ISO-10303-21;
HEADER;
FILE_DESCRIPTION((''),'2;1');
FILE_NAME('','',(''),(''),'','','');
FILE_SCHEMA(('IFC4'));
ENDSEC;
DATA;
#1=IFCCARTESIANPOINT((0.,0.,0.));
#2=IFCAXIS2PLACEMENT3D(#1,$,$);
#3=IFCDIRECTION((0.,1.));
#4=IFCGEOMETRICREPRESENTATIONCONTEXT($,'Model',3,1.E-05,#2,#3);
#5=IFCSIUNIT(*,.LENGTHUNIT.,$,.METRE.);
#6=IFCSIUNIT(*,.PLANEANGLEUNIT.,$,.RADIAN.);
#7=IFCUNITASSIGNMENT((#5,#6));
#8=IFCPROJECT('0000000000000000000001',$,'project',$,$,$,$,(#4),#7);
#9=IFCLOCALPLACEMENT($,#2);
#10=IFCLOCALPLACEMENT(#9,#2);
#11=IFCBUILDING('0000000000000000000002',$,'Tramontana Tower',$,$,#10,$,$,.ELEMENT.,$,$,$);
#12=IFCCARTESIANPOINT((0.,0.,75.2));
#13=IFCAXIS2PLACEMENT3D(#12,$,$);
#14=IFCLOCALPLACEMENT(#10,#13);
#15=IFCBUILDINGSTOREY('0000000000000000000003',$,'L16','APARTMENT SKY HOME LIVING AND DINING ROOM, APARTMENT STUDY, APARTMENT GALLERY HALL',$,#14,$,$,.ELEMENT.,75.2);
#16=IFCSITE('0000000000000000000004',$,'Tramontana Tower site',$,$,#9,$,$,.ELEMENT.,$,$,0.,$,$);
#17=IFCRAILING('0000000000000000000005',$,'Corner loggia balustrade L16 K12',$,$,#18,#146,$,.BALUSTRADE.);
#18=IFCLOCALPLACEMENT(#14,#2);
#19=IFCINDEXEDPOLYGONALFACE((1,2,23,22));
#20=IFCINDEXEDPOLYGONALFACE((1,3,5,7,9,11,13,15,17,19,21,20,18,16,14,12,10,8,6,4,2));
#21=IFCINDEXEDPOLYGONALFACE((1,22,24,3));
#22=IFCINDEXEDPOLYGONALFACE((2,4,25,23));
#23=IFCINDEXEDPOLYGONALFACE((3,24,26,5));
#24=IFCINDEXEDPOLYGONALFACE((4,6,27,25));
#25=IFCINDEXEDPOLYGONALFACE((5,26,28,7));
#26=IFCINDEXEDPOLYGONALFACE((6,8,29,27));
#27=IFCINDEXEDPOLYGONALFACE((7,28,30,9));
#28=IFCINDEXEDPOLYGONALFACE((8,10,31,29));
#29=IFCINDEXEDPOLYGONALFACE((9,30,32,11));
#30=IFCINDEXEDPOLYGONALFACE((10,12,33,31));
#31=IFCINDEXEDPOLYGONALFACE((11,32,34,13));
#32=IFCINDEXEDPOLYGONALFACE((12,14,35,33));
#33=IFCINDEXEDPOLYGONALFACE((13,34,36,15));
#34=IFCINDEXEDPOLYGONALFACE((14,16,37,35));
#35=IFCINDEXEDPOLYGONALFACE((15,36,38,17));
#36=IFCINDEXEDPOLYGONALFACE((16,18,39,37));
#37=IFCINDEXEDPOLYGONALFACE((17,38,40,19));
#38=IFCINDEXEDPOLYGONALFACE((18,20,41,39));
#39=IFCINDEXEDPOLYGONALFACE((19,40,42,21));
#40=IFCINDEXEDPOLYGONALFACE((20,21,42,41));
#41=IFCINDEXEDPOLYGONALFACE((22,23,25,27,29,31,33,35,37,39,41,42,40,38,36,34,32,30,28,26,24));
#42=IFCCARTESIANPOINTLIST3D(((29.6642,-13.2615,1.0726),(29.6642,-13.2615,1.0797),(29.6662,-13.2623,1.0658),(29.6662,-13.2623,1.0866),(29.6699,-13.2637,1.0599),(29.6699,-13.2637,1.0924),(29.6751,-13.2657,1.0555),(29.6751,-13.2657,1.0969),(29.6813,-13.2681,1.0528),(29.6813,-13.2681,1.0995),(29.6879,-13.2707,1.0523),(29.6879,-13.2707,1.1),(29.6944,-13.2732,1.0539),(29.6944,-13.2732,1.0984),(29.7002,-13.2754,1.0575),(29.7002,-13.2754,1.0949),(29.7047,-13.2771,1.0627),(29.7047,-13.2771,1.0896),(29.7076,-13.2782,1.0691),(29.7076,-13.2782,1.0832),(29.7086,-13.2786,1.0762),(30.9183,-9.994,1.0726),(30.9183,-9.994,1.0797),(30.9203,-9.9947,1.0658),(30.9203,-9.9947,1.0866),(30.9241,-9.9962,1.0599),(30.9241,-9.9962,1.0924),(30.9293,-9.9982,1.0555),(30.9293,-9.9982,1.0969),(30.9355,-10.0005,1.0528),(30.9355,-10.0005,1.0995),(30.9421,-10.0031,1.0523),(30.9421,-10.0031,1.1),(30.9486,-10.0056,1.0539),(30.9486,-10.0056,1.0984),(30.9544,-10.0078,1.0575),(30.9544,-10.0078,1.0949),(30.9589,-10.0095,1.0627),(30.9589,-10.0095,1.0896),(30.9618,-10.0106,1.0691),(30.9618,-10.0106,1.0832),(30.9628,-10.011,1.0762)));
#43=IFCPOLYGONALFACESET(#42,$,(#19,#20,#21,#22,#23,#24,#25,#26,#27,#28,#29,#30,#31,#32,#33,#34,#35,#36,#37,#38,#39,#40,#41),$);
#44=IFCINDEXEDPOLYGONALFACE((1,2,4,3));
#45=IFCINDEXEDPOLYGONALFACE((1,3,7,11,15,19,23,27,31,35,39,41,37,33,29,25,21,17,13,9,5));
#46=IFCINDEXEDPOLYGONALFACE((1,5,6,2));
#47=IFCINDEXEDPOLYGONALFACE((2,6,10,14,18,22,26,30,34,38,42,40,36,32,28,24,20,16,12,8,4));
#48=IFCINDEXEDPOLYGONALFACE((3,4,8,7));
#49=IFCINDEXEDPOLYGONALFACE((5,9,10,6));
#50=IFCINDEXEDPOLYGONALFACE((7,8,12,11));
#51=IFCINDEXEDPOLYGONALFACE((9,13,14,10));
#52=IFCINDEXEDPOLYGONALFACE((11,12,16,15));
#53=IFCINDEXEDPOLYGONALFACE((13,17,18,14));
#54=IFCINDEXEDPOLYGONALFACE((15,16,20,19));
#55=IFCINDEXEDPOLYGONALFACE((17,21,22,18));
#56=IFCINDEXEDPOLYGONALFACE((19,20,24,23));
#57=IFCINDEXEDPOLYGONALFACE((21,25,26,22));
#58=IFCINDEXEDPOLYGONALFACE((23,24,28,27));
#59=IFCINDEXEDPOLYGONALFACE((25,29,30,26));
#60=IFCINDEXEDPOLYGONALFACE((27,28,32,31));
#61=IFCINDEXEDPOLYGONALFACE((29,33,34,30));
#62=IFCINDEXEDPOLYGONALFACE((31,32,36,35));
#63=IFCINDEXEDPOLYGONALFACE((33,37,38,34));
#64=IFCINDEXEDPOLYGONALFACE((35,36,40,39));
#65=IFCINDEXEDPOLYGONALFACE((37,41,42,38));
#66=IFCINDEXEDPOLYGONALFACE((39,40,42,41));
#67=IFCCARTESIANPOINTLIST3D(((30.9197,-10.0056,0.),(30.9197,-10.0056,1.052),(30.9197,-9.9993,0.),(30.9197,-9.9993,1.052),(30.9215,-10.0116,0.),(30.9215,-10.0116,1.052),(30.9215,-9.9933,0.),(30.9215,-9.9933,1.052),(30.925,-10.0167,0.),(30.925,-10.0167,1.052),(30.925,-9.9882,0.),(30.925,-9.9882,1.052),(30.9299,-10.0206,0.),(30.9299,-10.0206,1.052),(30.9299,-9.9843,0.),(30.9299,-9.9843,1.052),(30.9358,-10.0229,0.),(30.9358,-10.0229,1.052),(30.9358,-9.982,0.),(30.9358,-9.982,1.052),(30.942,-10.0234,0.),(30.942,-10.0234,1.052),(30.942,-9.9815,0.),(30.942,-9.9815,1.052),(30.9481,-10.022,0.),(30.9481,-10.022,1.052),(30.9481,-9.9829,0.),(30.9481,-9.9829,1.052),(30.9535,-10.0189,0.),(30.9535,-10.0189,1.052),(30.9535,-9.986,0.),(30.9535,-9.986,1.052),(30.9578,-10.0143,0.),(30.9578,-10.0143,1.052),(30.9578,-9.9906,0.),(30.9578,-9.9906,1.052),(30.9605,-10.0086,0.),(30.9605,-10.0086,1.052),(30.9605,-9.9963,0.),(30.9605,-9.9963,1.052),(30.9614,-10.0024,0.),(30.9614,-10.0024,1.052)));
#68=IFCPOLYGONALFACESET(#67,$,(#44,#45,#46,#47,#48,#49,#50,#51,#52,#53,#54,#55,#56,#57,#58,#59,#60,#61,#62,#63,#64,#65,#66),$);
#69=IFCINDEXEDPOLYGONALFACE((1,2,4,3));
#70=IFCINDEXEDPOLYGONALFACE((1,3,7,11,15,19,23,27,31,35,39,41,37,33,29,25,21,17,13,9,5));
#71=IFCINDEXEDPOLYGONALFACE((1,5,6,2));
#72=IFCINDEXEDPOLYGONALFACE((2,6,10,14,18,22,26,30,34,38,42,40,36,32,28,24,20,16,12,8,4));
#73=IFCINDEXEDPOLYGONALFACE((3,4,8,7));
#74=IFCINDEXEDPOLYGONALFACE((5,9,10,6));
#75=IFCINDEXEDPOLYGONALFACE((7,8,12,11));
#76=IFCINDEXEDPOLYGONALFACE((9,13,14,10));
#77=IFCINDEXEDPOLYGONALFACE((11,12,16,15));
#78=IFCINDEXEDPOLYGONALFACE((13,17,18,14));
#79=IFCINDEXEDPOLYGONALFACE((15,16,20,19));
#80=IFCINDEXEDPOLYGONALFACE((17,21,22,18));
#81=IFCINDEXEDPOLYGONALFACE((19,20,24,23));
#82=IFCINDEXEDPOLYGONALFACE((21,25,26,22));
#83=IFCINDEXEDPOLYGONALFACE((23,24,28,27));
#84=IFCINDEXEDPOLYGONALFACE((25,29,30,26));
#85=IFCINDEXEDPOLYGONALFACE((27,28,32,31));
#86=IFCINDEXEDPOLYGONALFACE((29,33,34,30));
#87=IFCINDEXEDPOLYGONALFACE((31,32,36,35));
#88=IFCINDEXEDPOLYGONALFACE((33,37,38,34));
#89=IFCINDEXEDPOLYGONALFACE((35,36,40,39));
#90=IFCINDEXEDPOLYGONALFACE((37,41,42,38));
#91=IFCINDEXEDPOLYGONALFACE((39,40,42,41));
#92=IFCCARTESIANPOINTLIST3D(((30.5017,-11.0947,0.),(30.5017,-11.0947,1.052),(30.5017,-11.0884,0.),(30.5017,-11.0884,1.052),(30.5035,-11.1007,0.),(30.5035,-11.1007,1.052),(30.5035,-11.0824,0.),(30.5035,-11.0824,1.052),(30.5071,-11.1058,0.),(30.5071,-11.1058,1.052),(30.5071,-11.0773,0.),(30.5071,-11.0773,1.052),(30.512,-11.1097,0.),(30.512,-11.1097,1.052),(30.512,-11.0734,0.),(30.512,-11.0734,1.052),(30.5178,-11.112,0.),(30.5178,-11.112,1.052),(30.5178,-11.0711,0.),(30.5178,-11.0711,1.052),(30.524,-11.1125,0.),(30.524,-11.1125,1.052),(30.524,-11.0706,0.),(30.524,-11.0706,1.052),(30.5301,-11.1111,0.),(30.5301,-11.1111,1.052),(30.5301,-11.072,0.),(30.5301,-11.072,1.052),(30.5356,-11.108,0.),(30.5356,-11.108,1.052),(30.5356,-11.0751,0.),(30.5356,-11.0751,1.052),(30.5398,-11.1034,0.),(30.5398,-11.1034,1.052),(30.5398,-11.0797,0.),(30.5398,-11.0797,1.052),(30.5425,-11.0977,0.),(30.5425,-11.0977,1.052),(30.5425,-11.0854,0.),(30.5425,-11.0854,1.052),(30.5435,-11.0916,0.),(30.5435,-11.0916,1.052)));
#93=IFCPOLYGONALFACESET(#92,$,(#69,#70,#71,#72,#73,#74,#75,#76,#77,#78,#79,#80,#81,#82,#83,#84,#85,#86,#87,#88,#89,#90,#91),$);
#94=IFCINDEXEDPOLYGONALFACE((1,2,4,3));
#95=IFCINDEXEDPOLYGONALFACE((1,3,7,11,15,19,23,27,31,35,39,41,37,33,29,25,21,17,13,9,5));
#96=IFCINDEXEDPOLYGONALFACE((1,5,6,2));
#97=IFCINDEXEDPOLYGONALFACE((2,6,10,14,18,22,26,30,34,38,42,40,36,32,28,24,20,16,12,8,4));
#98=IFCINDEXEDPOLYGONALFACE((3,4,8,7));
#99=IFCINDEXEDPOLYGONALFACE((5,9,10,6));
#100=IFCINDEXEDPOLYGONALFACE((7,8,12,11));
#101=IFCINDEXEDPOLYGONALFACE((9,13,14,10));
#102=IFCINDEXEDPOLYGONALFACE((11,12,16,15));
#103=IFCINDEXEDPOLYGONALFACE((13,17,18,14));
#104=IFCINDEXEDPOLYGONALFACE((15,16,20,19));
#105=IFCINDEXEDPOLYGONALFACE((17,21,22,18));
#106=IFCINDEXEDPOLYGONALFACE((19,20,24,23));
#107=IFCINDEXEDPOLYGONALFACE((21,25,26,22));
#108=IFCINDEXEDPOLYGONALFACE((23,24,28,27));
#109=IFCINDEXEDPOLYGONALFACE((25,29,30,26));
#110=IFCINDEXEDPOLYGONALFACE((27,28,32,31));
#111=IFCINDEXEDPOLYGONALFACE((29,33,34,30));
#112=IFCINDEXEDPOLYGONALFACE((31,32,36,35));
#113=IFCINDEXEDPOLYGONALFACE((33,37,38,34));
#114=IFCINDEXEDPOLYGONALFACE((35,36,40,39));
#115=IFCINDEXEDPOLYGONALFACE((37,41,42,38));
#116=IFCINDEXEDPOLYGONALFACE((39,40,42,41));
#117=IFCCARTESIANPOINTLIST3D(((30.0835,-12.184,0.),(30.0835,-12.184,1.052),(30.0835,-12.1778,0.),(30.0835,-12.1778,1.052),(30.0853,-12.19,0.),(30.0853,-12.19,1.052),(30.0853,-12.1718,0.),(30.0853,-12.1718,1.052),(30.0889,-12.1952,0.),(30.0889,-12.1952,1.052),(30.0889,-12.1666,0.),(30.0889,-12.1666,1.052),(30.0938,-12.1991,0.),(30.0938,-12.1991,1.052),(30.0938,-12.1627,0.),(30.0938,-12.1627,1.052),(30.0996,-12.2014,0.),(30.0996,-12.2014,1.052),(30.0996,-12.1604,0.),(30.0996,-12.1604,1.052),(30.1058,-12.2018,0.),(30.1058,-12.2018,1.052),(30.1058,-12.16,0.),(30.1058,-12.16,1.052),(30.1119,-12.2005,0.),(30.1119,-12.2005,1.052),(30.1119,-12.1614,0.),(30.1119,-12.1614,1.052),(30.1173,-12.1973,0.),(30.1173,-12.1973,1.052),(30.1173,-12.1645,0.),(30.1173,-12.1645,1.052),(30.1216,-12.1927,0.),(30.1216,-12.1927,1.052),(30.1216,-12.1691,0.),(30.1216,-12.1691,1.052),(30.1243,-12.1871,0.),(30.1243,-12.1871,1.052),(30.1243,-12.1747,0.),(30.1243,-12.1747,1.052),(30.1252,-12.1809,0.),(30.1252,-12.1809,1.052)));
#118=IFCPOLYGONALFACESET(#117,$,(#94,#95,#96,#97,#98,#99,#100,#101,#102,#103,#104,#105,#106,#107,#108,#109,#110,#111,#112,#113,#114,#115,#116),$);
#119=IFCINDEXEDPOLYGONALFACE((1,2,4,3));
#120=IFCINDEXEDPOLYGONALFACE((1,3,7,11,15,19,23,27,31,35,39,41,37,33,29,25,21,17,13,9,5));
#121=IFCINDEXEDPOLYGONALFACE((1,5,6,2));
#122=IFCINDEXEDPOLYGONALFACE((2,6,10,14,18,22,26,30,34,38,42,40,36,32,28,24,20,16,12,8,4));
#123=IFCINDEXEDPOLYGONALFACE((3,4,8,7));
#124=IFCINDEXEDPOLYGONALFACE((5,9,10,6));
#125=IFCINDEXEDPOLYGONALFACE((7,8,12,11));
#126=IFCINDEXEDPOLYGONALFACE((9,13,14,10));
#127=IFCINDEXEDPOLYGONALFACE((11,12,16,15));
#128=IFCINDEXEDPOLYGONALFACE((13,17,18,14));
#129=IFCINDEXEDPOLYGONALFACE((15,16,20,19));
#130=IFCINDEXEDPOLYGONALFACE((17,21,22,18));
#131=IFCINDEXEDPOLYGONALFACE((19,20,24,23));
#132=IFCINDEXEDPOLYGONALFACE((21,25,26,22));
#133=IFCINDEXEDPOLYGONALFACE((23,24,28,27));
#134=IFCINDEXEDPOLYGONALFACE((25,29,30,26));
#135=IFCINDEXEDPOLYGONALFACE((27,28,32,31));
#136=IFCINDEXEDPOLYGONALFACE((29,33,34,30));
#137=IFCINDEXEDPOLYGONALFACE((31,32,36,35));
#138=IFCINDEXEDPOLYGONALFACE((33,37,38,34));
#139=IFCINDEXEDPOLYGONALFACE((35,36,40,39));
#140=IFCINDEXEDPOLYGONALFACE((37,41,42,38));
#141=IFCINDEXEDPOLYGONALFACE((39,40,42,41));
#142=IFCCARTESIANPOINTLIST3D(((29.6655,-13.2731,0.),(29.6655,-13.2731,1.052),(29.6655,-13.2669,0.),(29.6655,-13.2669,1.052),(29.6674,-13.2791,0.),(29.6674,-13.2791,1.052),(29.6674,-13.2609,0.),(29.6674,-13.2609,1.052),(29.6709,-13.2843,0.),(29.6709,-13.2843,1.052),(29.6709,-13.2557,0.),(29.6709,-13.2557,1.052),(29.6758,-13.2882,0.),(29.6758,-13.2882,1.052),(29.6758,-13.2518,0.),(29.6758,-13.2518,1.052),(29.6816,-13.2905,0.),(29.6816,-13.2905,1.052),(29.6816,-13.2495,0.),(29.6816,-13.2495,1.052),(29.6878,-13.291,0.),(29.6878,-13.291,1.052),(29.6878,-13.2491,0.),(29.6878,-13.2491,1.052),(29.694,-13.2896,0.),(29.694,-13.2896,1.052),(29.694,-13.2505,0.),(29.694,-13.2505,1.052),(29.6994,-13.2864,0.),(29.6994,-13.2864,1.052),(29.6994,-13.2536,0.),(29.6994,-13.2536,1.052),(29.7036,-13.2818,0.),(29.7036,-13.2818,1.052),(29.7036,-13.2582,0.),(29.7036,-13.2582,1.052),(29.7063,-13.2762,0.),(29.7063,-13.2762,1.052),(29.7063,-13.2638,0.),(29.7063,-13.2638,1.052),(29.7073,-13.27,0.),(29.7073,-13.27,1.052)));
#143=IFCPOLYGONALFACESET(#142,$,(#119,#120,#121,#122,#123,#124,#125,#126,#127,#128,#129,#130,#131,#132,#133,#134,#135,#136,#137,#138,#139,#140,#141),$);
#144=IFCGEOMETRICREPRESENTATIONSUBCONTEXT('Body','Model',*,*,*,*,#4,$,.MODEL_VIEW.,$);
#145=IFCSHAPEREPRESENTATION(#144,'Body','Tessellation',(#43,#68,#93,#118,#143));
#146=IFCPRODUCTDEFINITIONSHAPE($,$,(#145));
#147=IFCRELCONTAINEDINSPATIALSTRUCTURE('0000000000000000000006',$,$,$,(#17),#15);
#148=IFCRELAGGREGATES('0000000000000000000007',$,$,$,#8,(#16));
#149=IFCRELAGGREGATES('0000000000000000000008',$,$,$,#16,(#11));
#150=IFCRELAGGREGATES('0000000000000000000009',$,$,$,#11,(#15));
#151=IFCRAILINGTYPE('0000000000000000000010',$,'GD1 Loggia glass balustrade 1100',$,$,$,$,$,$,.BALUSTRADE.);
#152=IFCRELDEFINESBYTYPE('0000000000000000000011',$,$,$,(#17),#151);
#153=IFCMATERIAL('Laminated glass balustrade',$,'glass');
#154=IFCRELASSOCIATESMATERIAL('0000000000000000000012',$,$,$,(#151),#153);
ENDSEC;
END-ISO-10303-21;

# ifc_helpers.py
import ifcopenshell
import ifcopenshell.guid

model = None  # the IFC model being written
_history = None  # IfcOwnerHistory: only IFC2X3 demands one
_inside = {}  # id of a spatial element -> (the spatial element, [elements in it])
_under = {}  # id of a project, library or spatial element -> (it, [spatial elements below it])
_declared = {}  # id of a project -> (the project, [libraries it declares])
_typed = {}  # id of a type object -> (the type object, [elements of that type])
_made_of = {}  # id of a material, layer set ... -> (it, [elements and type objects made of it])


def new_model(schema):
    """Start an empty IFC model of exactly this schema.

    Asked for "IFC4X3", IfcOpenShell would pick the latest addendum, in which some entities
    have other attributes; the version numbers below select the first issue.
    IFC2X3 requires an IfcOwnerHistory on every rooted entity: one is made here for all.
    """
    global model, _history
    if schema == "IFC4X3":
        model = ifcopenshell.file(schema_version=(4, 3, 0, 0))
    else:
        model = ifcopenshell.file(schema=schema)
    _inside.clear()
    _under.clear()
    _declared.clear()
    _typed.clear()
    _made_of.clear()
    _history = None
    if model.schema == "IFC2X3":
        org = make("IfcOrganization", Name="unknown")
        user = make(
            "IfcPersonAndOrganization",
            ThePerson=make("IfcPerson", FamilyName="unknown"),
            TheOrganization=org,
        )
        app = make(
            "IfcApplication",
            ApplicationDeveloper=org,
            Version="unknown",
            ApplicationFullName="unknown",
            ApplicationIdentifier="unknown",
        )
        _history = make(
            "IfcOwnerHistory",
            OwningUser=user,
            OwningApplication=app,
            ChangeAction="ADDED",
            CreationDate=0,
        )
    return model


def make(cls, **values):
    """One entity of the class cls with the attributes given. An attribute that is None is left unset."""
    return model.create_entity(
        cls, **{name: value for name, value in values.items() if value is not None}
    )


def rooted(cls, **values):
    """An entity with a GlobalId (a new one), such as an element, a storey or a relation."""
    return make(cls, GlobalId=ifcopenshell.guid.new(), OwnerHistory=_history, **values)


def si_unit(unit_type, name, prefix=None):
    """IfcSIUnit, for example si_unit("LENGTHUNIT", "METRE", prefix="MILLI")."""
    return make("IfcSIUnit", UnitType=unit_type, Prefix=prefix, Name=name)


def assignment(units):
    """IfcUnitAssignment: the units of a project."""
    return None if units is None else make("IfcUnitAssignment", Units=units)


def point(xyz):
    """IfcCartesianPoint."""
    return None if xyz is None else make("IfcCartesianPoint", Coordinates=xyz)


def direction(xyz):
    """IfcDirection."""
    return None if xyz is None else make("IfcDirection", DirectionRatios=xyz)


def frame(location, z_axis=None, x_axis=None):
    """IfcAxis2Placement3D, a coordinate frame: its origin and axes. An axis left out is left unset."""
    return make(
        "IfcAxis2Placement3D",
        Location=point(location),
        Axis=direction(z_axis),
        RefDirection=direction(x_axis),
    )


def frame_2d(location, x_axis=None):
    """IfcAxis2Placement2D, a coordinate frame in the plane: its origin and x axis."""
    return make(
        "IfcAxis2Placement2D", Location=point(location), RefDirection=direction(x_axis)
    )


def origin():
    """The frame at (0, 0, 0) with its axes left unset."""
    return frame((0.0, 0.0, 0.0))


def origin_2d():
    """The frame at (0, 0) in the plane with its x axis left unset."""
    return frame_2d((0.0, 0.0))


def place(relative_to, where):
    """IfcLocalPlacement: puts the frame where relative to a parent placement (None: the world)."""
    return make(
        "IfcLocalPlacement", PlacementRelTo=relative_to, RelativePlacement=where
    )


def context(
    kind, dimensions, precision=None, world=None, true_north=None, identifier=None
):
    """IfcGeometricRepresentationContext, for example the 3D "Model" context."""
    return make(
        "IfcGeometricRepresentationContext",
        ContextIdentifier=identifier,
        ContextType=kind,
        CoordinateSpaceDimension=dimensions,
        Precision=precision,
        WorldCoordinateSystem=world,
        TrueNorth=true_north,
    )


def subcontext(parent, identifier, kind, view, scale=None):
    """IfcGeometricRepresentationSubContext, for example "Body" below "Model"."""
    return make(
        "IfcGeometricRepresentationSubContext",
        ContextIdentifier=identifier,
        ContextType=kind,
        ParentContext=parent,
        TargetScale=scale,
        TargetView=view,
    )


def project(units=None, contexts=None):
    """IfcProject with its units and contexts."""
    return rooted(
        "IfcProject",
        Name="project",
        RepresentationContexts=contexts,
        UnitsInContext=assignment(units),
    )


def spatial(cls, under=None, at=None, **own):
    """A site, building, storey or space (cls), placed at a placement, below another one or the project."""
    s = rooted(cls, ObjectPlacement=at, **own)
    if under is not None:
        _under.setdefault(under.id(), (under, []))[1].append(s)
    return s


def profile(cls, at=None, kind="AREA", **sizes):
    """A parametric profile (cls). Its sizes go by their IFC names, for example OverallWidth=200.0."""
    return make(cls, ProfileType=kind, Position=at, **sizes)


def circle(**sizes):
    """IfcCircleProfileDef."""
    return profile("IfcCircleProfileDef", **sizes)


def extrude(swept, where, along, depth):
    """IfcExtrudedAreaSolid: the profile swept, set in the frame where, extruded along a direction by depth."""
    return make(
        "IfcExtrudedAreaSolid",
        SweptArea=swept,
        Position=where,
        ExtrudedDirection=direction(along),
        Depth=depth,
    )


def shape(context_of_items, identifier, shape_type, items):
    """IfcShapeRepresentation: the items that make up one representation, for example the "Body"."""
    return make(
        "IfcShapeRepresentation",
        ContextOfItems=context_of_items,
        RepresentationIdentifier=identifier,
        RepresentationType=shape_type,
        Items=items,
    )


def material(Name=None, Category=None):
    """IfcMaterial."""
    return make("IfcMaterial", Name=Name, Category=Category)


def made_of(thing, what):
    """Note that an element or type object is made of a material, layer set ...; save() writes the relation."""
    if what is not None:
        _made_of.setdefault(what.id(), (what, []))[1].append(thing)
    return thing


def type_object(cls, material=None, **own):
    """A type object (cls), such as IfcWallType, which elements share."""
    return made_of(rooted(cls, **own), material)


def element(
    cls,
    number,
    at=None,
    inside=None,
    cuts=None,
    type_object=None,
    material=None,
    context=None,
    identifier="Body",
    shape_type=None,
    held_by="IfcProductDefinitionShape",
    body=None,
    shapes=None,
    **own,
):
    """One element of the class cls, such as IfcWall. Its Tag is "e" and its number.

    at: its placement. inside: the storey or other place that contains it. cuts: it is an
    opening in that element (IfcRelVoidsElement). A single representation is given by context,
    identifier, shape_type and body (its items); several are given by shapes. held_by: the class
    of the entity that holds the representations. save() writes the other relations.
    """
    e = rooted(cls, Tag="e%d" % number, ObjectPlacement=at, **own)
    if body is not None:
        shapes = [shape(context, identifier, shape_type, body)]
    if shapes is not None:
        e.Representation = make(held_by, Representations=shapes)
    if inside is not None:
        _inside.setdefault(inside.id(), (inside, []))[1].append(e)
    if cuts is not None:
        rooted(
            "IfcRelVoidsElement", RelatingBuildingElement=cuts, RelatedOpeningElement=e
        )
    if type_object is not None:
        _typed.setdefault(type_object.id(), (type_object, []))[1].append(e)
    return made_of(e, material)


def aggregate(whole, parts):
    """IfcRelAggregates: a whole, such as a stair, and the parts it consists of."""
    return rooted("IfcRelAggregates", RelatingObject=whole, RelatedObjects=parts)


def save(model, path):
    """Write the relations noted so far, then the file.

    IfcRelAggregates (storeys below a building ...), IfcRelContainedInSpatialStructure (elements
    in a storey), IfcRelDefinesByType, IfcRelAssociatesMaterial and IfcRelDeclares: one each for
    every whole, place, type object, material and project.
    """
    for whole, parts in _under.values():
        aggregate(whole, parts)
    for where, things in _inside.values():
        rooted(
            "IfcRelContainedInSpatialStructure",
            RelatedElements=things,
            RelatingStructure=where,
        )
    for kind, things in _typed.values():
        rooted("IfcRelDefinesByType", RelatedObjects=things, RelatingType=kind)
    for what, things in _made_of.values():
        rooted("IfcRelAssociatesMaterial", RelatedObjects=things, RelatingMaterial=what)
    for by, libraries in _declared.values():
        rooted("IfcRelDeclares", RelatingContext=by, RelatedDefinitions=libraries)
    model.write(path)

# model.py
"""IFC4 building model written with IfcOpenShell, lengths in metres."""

from ifc_helpers import new_model, si_unit, direction, frame, origin, origin_2d, place, context, subcontext, project, spatial, circle, extrude, material, type_object, element, save


model = new_model("IFC4")

# Units and contexts
model_context = context("Model", 3, precision=1e-05, world=origin(), true_north=direction((0.0, 1.0)))
body_context = subcontext(model_context, "Body", "Model", "MODEL_VIEW")
ifc_project = project(units=[si_unit("LENGTHUNIT", "METRE"), si_unit("PLANEANGLEUNIT", "RADIAN")], contexts=[model_context])

# Site, building, storey
site_placement = place(None, origin())
site = spatial("IfcSite", under=ifc_project, at=site_placement, Name="Tramontana Tower site", CompositionType="ELEMENT", RefElevation=0.0)
building_placement = place(site_placement, origin())
building = spatial("IfcBuilding", under=site, at=building_placement, Name="Tramontana Tower", CompositionType="ELEMENT")
storey_placement = place(building_placement, frame((0.0, 0.0, 75.2)))
storey = spatial("IfcBuildingStorey", under=building, at=storey_placement, Name="L16", Description="APARTMENT SKY HOME LIVING AND DINING ROOM, APARTMENT STUDY, APARTMENT GALLERY HALL", CompositionType="ELEMENT", Elevation=75.2)

# Railing
ifc_material_1 = material(Name="Laminated glass balustrade", Category="glass")
railing_type = type_object("IfcRailingType", Name="GD1 Loggia glass balustrade 1100", PredefinedType="BALUSTRADE", material=ifc_material_1)
railing_placement = place(storey_placement, frame((30.9404, -10.0024, 0.0)))
element("IfcRailing", 1, at=railing_placement, inside=storey, type_object=railing_type, Name="Corner loggia balustrade L16 K12", PredefinedType="BALUSTRADE", context=body_context, shape_type="SweptSolid", body=[
    extrude(circle(Radius=0.0239, at=origin_2d()), frame((0.0, 0.0, 1.0762), z_axis=(-0.358329, -0.933595, 0.0), x_axis=(0.933595, -0.358329, 0.0)), (0.0, 0.0, 1.0), 3.5),
    extrude(circle(Radius=0.021, at=origin_2d()), origin(), (0.0, 0.0, 1.0), 1.052),
    extrude(circle(Radius=0.021, at=origin_2d()), frame((-0.418, -1.0891, 0.0)), (0.0, 0.0, 1.0), 1.052),
    extrude(circle(Radius=0.021, at=origin_2d()), frame((-0.8362, -2.1785, 0.0)), (0.0, 0.0, 1.0), 1.052),
    extrude(circle(Radius=0.021, at=origin_2d()), frame((-1.2542, -3.2676, 0.0)), (0.0, 0.0, 1.0), 1.052),
])

save(model, "model.ifc")
